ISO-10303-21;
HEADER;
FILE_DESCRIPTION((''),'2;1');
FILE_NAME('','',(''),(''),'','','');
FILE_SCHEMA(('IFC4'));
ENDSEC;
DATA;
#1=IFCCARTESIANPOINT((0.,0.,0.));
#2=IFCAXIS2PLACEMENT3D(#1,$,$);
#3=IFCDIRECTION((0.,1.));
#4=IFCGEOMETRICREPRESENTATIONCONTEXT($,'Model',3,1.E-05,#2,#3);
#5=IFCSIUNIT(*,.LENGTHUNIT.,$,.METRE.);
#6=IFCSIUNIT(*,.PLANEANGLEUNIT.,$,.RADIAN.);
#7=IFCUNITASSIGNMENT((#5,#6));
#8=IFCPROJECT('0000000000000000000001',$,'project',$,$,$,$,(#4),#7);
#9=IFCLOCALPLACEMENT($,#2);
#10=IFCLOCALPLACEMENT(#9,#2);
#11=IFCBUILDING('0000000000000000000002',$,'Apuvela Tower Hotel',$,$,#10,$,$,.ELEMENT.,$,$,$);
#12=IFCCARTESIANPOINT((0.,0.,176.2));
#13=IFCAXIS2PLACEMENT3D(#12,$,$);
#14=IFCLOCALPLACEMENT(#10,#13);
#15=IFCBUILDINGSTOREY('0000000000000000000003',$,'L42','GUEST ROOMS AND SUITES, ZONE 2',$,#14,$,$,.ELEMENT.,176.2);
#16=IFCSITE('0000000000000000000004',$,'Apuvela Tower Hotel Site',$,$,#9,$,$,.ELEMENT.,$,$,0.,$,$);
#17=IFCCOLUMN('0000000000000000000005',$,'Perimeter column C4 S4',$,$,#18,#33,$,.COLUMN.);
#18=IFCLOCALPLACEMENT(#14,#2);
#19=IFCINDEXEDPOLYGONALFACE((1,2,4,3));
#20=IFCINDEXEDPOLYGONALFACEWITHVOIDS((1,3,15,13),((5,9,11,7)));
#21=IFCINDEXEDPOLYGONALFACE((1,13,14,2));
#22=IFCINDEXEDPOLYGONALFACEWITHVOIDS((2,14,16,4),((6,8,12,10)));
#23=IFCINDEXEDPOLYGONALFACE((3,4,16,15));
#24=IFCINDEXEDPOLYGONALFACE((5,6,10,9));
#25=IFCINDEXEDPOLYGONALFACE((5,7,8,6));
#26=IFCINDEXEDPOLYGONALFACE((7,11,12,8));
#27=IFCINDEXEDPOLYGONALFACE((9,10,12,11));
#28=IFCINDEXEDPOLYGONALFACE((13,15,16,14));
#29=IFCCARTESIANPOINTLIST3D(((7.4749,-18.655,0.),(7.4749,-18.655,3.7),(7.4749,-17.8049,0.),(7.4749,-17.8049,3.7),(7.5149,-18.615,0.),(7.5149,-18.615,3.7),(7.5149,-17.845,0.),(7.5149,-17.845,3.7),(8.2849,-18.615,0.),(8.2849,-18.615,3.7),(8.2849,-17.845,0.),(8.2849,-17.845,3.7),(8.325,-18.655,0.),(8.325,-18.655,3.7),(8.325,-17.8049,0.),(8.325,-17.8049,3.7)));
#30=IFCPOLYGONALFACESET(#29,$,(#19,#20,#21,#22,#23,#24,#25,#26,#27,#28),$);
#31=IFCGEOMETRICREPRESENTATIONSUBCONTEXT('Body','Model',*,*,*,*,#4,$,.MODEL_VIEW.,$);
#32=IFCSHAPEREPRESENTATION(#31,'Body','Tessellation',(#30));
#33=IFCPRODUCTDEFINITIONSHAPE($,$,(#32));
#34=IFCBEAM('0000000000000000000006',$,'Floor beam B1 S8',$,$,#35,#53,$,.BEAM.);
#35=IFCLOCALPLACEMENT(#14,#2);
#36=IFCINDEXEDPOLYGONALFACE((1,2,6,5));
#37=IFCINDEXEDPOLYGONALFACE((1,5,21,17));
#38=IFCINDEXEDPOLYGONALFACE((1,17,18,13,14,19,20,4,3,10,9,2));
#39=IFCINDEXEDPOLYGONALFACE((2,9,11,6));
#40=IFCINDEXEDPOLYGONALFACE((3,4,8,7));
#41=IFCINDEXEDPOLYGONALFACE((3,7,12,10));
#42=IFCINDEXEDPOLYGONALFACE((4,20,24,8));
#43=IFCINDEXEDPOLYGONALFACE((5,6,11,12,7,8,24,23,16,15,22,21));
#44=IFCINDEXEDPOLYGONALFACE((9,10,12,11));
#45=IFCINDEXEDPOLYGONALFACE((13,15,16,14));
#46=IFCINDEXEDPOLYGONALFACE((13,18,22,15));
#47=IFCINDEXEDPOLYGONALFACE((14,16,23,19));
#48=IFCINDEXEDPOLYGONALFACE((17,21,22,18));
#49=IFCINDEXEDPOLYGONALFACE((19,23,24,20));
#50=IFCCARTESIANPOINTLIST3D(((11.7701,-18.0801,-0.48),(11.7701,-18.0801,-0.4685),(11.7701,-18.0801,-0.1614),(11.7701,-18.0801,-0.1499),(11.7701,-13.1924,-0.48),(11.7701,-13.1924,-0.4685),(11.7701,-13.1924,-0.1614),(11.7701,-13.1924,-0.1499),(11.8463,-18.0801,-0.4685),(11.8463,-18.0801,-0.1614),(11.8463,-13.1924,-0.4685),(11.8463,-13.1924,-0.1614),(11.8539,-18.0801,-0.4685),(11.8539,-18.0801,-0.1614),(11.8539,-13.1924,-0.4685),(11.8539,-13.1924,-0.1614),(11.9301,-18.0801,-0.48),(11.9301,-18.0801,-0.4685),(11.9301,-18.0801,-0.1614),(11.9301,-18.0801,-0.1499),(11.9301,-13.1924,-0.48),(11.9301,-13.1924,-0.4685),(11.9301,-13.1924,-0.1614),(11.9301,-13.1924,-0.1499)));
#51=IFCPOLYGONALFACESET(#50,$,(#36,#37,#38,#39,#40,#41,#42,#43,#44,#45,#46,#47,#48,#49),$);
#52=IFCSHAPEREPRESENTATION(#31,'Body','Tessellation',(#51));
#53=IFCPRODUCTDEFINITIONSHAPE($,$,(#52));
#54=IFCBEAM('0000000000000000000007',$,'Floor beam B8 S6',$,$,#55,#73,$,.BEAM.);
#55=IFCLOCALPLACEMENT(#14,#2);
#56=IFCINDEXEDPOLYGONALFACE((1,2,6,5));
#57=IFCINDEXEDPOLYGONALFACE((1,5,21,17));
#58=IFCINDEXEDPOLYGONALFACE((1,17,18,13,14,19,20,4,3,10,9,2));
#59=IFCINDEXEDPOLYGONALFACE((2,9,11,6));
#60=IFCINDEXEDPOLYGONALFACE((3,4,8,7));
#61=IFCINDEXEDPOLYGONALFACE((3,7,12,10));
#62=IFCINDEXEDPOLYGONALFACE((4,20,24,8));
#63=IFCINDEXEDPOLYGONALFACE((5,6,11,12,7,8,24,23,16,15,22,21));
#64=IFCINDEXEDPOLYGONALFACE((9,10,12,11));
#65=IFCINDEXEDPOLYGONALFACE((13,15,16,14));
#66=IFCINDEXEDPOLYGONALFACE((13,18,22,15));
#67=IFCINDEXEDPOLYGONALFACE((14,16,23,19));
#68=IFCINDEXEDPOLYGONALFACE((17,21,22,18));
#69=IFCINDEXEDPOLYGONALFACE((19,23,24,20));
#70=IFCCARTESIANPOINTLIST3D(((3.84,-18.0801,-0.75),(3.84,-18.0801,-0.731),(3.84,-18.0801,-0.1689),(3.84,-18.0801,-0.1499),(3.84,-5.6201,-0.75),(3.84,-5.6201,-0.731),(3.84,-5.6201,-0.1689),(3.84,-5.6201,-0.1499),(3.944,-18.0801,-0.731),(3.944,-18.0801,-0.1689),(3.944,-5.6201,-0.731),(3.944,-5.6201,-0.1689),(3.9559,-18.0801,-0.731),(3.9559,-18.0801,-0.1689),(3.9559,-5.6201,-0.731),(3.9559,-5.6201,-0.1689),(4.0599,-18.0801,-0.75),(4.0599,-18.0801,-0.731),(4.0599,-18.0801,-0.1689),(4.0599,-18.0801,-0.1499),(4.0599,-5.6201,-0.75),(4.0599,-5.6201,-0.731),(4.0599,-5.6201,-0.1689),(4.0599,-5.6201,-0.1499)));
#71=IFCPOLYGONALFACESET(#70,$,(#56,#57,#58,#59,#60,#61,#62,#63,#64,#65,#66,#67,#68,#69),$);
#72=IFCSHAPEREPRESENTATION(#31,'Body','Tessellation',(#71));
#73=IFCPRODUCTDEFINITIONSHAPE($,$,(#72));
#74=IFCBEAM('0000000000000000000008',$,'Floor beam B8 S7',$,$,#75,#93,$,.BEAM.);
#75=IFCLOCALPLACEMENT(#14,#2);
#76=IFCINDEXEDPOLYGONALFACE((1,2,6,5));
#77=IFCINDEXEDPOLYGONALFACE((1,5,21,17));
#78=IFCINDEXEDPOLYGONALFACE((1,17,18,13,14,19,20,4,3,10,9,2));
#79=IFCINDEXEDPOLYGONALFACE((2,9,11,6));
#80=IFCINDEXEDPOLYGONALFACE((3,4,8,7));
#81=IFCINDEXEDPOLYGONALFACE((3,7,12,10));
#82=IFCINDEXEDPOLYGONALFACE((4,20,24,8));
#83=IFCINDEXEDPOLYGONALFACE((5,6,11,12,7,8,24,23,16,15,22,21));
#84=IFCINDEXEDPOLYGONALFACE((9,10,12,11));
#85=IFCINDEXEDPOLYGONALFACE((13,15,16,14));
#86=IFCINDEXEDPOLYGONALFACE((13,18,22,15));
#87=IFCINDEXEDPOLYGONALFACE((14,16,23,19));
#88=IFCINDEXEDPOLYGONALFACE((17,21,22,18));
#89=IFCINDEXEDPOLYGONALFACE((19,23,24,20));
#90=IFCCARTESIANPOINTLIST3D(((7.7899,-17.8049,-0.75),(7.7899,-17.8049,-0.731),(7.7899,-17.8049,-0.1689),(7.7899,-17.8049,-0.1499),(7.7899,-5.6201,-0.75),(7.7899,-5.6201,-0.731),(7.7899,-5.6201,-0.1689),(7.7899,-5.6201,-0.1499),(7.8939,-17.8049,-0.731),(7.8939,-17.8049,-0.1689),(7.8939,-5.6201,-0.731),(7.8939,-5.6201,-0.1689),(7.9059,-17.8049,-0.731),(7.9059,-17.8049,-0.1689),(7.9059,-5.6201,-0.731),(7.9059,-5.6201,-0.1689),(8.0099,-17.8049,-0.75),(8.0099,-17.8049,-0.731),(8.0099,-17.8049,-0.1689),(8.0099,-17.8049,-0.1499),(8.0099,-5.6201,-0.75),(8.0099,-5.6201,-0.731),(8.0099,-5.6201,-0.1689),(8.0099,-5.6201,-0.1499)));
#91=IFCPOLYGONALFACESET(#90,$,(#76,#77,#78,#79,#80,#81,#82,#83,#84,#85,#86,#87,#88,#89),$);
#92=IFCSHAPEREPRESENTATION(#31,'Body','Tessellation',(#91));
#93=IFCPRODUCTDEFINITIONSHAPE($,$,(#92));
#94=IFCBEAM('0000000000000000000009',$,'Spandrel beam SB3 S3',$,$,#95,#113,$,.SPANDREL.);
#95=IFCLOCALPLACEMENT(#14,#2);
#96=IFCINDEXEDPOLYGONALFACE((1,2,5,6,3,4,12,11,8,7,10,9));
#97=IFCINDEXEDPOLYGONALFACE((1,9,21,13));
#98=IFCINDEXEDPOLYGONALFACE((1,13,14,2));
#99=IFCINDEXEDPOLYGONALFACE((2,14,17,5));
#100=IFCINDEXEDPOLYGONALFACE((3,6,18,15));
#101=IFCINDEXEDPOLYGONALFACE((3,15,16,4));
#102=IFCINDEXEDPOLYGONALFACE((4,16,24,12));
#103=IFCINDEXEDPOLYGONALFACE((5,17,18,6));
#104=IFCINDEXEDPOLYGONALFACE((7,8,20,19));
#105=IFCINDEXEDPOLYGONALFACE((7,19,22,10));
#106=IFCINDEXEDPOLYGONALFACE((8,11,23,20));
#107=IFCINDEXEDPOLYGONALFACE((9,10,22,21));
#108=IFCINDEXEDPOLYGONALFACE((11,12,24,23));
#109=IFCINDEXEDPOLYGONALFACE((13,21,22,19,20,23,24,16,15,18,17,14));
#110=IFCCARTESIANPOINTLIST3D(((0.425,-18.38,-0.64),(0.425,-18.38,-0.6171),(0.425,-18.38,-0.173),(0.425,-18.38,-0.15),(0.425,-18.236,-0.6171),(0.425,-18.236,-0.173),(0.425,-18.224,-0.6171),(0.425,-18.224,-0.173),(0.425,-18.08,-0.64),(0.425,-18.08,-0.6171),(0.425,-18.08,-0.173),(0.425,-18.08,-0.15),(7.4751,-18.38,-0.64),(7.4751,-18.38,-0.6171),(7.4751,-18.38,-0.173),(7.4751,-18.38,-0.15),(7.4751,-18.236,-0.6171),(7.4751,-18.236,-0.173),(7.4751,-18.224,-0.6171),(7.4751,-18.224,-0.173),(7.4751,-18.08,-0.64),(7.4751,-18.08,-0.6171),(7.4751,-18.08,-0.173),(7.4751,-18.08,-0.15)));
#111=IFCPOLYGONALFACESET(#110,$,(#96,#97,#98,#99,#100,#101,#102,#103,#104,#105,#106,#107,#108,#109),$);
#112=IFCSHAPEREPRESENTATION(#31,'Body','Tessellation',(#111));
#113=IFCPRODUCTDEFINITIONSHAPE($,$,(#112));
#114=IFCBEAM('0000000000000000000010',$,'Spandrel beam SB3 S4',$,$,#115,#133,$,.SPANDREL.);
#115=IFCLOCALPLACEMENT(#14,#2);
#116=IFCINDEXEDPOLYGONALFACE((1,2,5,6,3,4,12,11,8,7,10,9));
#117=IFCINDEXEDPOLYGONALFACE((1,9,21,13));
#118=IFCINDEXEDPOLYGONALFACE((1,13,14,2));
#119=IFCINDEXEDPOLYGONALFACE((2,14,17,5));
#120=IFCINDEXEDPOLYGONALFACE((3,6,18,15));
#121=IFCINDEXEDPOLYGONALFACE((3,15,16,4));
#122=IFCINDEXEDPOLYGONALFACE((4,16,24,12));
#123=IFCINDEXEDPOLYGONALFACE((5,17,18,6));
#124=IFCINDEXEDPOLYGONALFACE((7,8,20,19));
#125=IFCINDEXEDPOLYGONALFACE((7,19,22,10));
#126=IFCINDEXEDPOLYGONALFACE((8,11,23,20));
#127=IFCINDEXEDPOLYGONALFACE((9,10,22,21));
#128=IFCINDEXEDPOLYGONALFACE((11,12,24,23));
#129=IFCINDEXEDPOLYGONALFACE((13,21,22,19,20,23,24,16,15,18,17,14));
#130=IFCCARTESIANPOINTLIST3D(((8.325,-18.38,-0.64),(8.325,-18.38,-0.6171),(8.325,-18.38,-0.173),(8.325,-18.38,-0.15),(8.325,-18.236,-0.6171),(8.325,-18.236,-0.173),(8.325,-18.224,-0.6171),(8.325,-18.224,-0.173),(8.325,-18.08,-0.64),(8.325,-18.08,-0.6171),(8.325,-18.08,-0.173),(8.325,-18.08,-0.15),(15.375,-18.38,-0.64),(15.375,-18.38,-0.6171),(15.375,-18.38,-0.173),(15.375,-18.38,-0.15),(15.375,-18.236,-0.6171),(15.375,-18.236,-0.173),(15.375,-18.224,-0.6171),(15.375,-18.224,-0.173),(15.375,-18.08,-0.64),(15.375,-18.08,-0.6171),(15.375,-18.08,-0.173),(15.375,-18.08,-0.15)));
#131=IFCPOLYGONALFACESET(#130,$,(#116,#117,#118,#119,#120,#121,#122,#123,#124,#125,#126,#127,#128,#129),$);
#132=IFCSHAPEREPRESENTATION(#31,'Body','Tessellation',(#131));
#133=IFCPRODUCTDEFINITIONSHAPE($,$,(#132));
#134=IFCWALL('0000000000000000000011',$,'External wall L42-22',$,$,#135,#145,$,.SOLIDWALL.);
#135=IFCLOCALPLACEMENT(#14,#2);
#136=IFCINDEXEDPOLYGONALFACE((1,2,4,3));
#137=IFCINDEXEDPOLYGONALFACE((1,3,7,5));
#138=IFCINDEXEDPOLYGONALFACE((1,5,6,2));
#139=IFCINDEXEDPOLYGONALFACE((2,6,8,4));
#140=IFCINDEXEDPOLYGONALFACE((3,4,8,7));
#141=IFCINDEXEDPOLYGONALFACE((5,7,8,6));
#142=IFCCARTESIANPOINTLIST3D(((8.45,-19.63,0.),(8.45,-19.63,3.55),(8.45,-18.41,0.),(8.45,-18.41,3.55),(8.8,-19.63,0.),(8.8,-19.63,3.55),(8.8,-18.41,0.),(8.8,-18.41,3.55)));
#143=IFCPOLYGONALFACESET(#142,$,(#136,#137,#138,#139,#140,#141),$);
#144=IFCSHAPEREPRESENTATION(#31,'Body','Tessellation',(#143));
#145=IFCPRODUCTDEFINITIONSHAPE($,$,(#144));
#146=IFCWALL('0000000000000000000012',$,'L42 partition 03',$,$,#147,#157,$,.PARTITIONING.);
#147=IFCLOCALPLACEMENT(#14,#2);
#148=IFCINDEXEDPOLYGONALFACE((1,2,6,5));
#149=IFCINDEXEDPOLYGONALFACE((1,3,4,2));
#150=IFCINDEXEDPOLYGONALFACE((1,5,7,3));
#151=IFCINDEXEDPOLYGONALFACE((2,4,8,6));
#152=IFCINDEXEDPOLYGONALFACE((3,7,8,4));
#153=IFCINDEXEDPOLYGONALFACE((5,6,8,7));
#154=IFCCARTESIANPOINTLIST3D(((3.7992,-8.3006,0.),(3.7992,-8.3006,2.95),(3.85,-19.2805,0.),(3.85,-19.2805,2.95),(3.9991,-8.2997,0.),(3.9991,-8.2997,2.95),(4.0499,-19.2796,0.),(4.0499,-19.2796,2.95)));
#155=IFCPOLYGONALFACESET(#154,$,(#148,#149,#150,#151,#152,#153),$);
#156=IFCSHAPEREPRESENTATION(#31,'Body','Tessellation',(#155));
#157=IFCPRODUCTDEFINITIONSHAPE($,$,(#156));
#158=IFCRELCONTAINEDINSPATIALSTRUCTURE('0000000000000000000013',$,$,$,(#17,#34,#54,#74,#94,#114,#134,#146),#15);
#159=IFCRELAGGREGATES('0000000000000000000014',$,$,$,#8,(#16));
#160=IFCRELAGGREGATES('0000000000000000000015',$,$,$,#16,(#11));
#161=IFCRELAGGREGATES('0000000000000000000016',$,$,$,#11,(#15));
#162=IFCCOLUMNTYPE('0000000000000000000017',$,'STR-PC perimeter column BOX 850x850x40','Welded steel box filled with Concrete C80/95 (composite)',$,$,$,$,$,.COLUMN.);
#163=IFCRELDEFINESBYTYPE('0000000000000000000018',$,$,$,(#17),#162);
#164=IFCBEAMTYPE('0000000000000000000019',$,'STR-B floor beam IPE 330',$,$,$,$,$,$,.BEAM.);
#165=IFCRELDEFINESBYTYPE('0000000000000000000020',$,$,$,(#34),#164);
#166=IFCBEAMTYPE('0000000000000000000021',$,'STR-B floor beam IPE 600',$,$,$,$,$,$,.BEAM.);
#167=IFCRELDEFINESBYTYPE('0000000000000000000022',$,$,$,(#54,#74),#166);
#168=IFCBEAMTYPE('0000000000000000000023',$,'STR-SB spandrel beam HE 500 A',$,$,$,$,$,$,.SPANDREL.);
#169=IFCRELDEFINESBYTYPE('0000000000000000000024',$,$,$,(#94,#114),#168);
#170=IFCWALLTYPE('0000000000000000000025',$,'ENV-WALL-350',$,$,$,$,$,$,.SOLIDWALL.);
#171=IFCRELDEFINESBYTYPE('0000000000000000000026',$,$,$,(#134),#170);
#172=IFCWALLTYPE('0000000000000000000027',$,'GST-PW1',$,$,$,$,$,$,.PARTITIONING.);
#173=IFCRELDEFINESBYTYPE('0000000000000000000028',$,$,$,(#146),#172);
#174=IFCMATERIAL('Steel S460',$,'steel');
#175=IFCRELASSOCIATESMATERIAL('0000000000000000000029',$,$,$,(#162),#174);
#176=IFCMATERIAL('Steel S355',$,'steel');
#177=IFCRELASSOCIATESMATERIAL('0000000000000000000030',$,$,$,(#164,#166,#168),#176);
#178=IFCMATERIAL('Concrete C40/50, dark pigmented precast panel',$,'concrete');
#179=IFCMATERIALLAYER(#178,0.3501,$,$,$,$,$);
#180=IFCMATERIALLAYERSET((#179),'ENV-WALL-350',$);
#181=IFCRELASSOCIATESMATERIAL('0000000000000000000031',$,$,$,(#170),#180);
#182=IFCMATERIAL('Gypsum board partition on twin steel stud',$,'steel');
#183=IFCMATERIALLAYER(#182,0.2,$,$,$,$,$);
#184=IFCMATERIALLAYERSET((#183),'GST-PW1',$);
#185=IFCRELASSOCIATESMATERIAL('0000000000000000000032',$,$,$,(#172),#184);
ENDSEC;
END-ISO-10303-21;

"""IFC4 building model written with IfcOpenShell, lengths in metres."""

from ifc_helpers import new_model, si_unit, direction, frame, frame_2d, origin, origin_2d, place, context, subcontext, project, spatial, rectangle, hollow_rectangle, i_section, extrude, material, layer, layer_set, material_profile, profile_set, type_object, element, save


model = new_model("IFC4")

# Units and contexts
model_context = context("Model", 3, precision=1e-05, world=origin(), true_north=direction((0.0, 1.0)))
body_context = subcontext(model_context, "Body", "Model", "MODEL_VIEW")
ifc_project = project(units=[si_unit("LENGTHUNIT", "METRE"), si_unit("PLANEANGLEUNIT", "RADIAN")], contexts=[model_context])

# Site, building, storey
site_placement = place(None, origin())
site = spatial("IfcSite", under=ifc_project, at=site_placement, Name="Apuvela Tower Hotel Site", CompositionType="ELEMENT", RefElevation=0.0)
building_placement = place(site_placement, origin())
building = spatial("IfcBuilding", under=site, at=building_placement, Name="Apuvela Tower Hotel", CompositionType="ELEMENT")
storey_placement = place(building_placement, frame((0.0, 0.0, 176.2)))
storey = spatial("IfcBuildingStorey", under=building, at=storey_placement, Name="L42", Description="GUEST ROOMS AND SUITES, ZONE 2", CompositionType="ELEMENT", Elevation=176.2)

# Column
ifc_material_1 = material(Name="Steel S460", Category="steel")
ifc_material_profile_1 = material_profile(ifc_material_1, hollow_rectangle(XDim=0.8501, YDim=0.8501, WallThickness=0.04, at=origin_2d()), Name="BOX 850x850x40")
ifc_material_2 = material(Name="Concrete C80/95", Category="concrete")
ifc_material_profile_2 = material_profile(ifc_material_2, rectangle(XDim=0.77, YDim=0.77, at=origin_2d()), Name="Concrete C80/95 infill")
ifc_profile_set_1 = profile_set([ifc_material_profile_1, ifc_material_profile_2], Name="Steel S460")
column_type = type_object("IfcColumnType", Name="STR-PC perimeter column BOX 850x850x40", Description="Welded steel box filled with Concrete C80/95 (composite)", PredefinedType="COLUMN", material=ifc_profile_set_1)
column_placement = place(storey_placement, frame((7.8999, -18.23, 0.0), z_axis=(0.0, 0.0, 1.0), x_axis=(-1.0, 0.0, 0.0)))
element("IfcColumn", 1, at=column_placement, inside=storey, type_object=column_type, Name="Perimeter column C4 S4", PredefinedType="COLUMN", context=body_context, shape_type="SweptSolid", body=[
    extrude(hollow_rectangle(XDim=0.8501, YDim=0.8501, WallThickness=0.04, at=origin_2d()), origin(), (0.0, 0.0, 1.0), 3.7),
])

# Beams
ifc_material_3 = material(Name="Steel S355", Category="steel")
ifc_material_profile_3 = material_profile(ifc_material_3, i_section(OverallWidth=0.1599, OverallDepth=0.3301, WebThickness=0.0076, FlangeThickness=0.0115, at=origin_2d()), Name="IPE 330")
ifc_profile_set_2 = profile_set([ifc_material_profile_3], Name="Steel S355")
beam_type_1 = type_object("IfcBeamType", Name="STR-B floor beam IPE 330", PredefinedType="BEAM", material=ifc_profile_set_2)
beam_1_placement = place(storey_placement, frame((11.8501, -18.0801, -0.3149), z_axis=(0.0, 1.0, 0.0), x_axis=(-1.0, 0.0, 0.0)))
element("IfcBeam", 2, at=beam_1_placement, inside=storey, type_object=beam_type_1, Name="Floor beam B1 S8", PredefinedType="BEAM", context=body_context, shape_type="SweptSolid", body=[
    extrude(i_section(OverallWidth=0.1599, OverallDepth=0.3301, WebThickness=0.0076, FlangeThickness=0.0115, at=origin_2d()), origin(), (0.0, 0.0, 1.0), 4.8877),
])
ifc_material_profile_4 = material_profile(ifc_material_3, i_section(OverallWidth=0.22, OverallDepth=0.6001, WebThickness=0.012, FlangeThickness=0.019, at=origin_2d()), Name="IPE 600")
ifc_profile_set_3 = profile_set([ifc_material_profile_4], Name="Steel S355")
beam_type_2 = type_object("IfcBeamType", Name="STR-B floor beam IPE 600", PredefinedType="BEAM", material=ifc_profile_set_3)
beam_2_placement = place(storey_placement, frame((3.95, -18.0801, -0.45), z_axis=(0.0, 1.0, 0.0), x_axis=(-1.0, 0.0, 0.0)))
element("IfcBeam", 3, at=beam_2_placement, inside=storey, type_object=beam_type_2, Name="Floor beam B8 S6", PredefinedType="BEAM", context=body_context, shape_type="SweptSolid", body=[
    extrude(i_section(OverallWidth=0.22, OverallDepth=0.6001, WebThickness=0.012, FlangeThickness=0.019, at=origin_2d()), origin(), (0.0, 0.0, 1.0), 12.46),
])
beam_3_placement = place(storey_placement, frame((7.8999, -17.8049, -0.45), z_axis=(0.0, 1.0, 0.0), x_axis=(-1.0, 0.0, 0.0)))
element("IfcBeam", 4, at=beam_3_placement, inside=storey, type_object=beam_type_2, Name="Floor beam B8 S7", PredefinedType="BEAM", context=body_context, shape_type="SweptSolid", body=[
    extrude(i_section(OverallWidth=0.22, OverallDepth=0.6001, WebThickness=0.012, FlangeThickness=0.019, at=origin_2d()), origin(), (0.0, 0.0, 1.0), 12.1848),
])
ifc_material_profile_5 = material_profile(ifc_material_3, i_section(OverallWidth=0.3, OverallDepth=0.49, WebThickness=0.012, FlangeThickness=0.0229, at=origin_2d()), Name="HE 500 A")
ifc_profile_set_4 = profile_set([ifc_material_profile_5], Name="Steel S355")
beam_type_3 = type_object("IfcBeamType", Name="STR-SB spandrel beam HE 500 A", PredefinedType="SPANDREL", material=ifc_profile_set_4)
for number, where, z_axis, x_axis, name in (
    (5, (0.425, -18.23, -0.395), (1.0, 0.0, 0.0), (0.0, 1.0, 0.0), "Spandrel beam SB3 S3"),
    (6, (8.325, -18.23, -0.395), (1.0, 0.0, 0.0), (0.0, 1.0, 0.0), "Spandrel beam SB3 S4"),
):
    element("IfcBeam", number, at=place(storey_placement, frame(where, z_axis=z_axis, x_axis=x_axis)), inside=storey, type_object=beam_type_3, Name=name, PredefinedType="SPANDREL", context=body_context, shape_type="SweptSolid", body=[
        extrude(i_section(OverallWidth=0.3, OverallDepth=0.49, WebThickness=0.012, FlangeThickness=0.0229, at=origin_2d()), origin(), (0.0, 0.0, 1.0), 7.05),
    ])

# Wall
ifc_material_4 = material(Name="Concrete C40/50, dark pigmented precast panel", Category="concrete")
ifc_layer_1 = layer(ifc_material_4, 0.3501)
ifc_layer_set_1 = layer_set([ifc_layer_1], Name="ENV-WALL-350")
wall_type_1 = type_object("IfcWallType", Name="ENV-WALL-350", PredefinedType="SOLIDWALL", material=ifc_layer_set_1)
wall_1_placement = place(storey_placement, frame((8.625, -19.6299, 0.0), z_axis=(0.0, 0.0, 1.0), x_axis=(0.0, 1.0, 0.0)))
element("IfcWall", 7, at=wall_1_placement, inside=storey, type_object=wall_type_1, Name="External wall L42-22", PredefinedType="SOLIDWALL", context=body_context, shape_type="SweptSolid", body=[
    extrude(rectangle(XDim=1.22, YDim=0.3501, at=frame_2d((0.6099, 0.0))), origin(), (0.0, 0.0, 1.0), 3.55),
])

# Wall
ifc_material_5 = material(Name="Gypsum board partition on twin steel stud", Category="steel")
ifc_layer_2 = layer(ifc_material_5, 0.2)
ifc_layer_set_2 = layer_set([ifc_layer_2], Name="GST-PW1")
wall_type_2 = type_object("IfcWallType", Name="GST-PW1", PredefinedType="PARTITIONING", material=ifc_layer_set_2)
wall_2_placement = place(storey_placement, frame((3.95, -19.28, 0.0), z_axis=(0.0, 0.0, 1.0), x_axis=(-0.004625, 0.999989, 0.0)))
element("IfcWall", 8, at=wall_2_placement, inside=storey, type_object=wall_type_2, Name="L42 partition 03", PredefinedType="PARTITIONING", context=body_context, shape_type="SweptSolid", body=[
    extrude(rectangle(XDim=10.98, YDim=0.2, at=frame_2d((5.49, 0.0))), origin(), (0.0, 0.0, 1.0), 2.95),
])

save(model, "model.ifc")
